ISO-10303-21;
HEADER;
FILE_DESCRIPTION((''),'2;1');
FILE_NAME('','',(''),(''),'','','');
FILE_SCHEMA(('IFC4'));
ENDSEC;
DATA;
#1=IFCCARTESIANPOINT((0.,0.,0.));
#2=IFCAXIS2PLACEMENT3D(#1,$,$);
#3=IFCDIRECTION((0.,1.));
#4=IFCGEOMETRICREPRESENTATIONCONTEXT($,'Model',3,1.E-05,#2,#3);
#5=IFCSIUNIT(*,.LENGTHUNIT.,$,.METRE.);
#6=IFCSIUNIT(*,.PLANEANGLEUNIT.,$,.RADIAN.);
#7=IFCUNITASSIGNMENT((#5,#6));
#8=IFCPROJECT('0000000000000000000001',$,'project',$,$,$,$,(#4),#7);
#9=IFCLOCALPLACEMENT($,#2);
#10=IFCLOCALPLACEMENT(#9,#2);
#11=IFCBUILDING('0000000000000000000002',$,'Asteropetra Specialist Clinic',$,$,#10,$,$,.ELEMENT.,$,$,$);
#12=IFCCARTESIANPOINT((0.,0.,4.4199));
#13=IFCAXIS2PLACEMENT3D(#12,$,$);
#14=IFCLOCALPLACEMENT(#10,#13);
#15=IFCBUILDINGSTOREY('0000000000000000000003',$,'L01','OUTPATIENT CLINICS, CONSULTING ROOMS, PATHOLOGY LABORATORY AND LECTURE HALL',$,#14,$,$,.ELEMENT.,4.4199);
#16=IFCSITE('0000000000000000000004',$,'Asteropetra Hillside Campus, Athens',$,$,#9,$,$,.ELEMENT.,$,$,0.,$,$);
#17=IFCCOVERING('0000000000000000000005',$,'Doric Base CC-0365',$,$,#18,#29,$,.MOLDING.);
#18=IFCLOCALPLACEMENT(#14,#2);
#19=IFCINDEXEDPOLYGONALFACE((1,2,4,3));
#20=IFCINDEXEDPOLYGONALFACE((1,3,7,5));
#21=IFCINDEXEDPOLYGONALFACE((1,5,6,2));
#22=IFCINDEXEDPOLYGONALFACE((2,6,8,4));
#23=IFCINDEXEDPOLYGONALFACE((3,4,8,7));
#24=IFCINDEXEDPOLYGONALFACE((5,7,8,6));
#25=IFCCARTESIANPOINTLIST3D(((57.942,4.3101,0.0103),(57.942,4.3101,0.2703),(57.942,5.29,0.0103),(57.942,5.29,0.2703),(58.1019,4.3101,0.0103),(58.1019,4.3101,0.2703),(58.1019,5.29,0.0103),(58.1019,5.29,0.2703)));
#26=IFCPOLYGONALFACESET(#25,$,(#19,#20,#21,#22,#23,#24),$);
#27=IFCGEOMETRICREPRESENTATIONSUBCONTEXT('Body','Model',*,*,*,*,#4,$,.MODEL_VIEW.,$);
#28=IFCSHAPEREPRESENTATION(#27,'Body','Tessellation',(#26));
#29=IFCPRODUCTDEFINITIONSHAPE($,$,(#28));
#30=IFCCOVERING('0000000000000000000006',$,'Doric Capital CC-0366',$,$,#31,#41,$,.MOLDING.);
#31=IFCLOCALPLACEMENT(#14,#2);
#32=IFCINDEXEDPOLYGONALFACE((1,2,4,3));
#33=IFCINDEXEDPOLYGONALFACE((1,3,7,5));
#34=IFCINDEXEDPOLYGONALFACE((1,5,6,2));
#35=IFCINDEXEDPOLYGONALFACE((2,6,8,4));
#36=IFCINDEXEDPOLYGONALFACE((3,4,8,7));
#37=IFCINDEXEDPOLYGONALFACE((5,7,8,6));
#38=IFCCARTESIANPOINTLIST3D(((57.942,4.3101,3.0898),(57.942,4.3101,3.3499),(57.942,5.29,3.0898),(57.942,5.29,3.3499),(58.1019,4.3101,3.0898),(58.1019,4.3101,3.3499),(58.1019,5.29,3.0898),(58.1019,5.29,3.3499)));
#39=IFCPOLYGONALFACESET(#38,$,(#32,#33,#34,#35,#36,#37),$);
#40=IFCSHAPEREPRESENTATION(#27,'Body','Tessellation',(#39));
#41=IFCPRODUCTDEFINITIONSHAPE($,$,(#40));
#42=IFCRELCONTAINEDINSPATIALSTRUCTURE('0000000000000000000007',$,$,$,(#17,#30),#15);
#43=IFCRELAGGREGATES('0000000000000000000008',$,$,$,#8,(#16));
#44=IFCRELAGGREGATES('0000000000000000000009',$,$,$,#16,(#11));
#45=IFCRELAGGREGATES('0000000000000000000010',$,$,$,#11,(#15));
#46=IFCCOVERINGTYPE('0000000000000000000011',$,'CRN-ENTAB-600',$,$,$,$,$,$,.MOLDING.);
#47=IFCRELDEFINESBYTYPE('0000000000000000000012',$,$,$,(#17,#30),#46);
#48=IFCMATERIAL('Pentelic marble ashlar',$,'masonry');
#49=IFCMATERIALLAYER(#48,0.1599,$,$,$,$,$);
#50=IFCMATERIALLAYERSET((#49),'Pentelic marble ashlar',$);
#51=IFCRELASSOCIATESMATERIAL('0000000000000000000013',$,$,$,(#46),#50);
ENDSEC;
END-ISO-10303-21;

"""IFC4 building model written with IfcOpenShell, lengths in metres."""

from ifc_helpers import new_model, si_unit, direction, frame, origin, origin_2d, place, context, subcontext, project, spatial, rectangle, extrude, material, layer, layer_set, type_object, element, save


model = new_model("IFC4")

# Units and contexts
model_context = context("Model", 3, precision=1e-05, world=origin(), true_north=direction((0.0, 1.0)))
body_context = subcontext(model_context, "Body", "Model", "MODEL_VIEW")
ifc_project = project(units=[si_unit("LENGTHUNIT", "METRE"), si_unit("PLANEANGLEUNIT", "RADIAN")], contexts=[model_context])

# Site, building, storey
site_placement = place(None, origin())
site = spatial("IfcSite", under=ifc_project, at=site_placement, Name="Asteropetra Hillside Campus, Athens", CompositionType="ELEMENT", RefElevation=0.0)
building_placement = place(site_placement, origin())
building = spatial("IfcBuilding", under=site, at=building_placement, Name="Asteropetra Specialist Clinic", CompositionType="ELEMENT")
storey_placement = place(building_placement, frame((0.0, 0.0, 4.4199)))
storey = spatial("IfcBuildingStorey", under=building, at=storey_placement, Name="L01", Description="OUTPATIENT CLINICS, CONSULTING ROOMS, PATHOLOGY LABORATORY AND LECTURE HALL", CompositionType="ELEMENT", Elevation=4.4199)

# Coverings
ifc_material_1 = material(Name="Pentelic marble ashlar", Category="masonry")
ifc_layer_1 = layer(ifc_material_1, 0.1599)
ifc_layer_set_1 = layer_set([ifc_layer_1], Name="Pentelic marble ashlar")
covering_type = type_object("IfcCoveringType", Name="CRN-ENTAB-600", PredefinedType="MOLDING", material=ifc_layer_set_1)
for number, where, z_axis, x_axis, name in (
    (1, (58.022, 4.8, 0.0103), (0.0, 0.0, 1.0), (1.0, 0.0, 0.0), "Doric Base CC-0365"),
    (2, (58.022, 4.8, 3.0898), (0.0, 0.0, 1.0), (1.0, 0.0, 0.0), "Doric Capital CC-0366"),
):
    element("IfcCovering", number, at=place(storey_placement, frame(where, z_axis=z_axis, x_axis=x_axis)), inside=storey, type_object=covering_type, Name=name, PredefinedType="MOLDING", context=body_context, shape_type="SweptSolid", body=[
        extrude(rectangle(XDim=0.1599, YDim=0.98, at=origin_2d()), origin(), (0.0, 0.0, 1.0), 0.26),
    ])

save(model, "model.ifc")
